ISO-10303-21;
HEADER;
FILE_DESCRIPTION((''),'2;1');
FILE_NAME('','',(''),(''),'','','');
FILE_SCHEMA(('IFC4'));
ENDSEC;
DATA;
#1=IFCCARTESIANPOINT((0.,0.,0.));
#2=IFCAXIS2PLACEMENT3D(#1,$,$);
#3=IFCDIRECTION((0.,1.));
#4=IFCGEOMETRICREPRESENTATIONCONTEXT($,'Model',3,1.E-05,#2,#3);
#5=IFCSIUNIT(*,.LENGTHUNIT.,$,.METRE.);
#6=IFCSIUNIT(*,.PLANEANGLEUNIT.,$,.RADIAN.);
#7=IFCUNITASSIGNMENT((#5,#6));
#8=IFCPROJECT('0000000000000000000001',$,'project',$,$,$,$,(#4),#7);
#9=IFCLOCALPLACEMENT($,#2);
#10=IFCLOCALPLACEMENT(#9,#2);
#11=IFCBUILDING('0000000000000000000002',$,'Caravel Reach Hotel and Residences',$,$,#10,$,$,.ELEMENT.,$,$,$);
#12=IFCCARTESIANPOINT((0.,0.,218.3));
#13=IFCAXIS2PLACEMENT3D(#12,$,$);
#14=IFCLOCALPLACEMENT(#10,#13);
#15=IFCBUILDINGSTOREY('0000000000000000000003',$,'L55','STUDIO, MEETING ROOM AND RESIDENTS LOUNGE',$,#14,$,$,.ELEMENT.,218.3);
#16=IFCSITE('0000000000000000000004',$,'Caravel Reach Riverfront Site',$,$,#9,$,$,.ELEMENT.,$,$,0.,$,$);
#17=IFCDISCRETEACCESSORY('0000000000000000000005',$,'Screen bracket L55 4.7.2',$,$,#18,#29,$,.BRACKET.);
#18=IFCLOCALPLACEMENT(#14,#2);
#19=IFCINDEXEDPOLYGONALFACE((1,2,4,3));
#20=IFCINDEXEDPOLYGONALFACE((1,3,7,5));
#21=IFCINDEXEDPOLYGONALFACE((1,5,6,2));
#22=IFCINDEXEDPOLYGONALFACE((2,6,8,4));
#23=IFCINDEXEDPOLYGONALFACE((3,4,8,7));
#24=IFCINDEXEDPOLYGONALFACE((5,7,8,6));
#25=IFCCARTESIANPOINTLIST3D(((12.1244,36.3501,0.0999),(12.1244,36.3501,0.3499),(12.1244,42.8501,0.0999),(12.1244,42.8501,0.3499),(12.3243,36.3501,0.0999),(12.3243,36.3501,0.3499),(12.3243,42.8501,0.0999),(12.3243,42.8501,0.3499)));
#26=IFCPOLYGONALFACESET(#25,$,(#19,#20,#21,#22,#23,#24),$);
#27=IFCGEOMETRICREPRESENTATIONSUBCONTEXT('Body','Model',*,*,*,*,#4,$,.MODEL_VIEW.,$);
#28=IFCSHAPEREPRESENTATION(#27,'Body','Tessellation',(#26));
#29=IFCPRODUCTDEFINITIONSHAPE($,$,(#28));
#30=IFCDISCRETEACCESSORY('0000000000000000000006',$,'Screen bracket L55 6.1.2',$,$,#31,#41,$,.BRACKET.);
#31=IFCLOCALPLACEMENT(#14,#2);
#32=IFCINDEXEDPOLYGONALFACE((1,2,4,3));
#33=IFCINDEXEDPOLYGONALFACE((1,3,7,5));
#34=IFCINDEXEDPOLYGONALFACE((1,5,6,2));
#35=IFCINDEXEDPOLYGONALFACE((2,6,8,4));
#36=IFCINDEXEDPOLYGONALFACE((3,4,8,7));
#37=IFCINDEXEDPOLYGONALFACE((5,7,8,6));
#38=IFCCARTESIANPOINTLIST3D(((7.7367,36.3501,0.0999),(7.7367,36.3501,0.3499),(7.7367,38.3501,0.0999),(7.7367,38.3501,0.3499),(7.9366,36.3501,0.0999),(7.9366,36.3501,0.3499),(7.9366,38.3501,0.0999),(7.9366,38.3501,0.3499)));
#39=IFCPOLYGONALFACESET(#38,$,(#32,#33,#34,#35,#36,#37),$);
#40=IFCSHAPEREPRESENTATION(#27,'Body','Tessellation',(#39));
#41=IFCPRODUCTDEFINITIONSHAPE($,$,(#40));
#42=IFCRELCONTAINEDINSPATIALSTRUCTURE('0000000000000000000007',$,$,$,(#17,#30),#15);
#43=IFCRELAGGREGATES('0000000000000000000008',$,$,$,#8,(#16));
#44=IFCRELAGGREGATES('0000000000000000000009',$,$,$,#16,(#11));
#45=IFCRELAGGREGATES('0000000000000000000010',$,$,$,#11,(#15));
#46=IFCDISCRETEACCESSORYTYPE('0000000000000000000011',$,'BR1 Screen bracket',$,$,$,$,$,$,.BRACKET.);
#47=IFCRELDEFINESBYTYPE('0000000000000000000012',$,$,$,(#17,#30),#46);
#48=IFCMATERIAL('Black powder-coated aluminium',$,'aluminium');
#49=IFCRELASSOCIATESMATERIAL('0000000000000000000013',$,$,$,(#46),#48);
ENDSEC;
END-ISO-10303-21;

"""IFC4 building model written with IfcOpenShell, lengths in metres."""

from ifc_helpers import new_model, si_unit, direction, frame, origin, origin_2d, place, context, subcontext, project, spatial, rectangle, extrude, material, type_object, element, save


model = new_model("IFC4")

# Units and contexts
model_context = context("Model", 3, precision=1e-05, world=origin(), true_north=direction((0.0, 1.0)))
body_context = subcontext(model_context, "Body", "Model", "MODEL_VIEW")
ifc_project = project(units=[si_unit("LENGTHUNIT", "METRE"), si_unit("PLANEANGLEUNIT", "RADIAN")], contexts=[model_context])

# Site, building, storey
site_placement = place(None, origin())
site = spatial("IfcSite", under=ifc_project, at=site_placement, Name="Caravel Reach Riverfront Site", CompositionType="ELEMENT", RefElevation=0.0)
building_placement = place(site_placement, origin())
building = spatial("IfcBuilding", under=site, at=building_placement, Name="Caravel Reach Hotel and Residences", CompositionType="ELEMENT")
storey_placement = place(building_placement, frame((0.0, 0.0, 218.3)))
storey = spatial("IfcBuildingStorey", under=building, at=storey_placement, Name="L55", Description="STUDIO, MEETING ROOM AND RESIDENTS LOUNGE", CompositionType="ELEMENT", Elevation=218.3)

# Discrete accessories
ifc_material_1 = material(Name="Black powder-coated aluminium", Category="aluminium")
discrete_accessory_type = type_object("IfcDiscreteAccessoryType", Name="BR1 Screen bracket", PredefinedType="BRACKET", material=ifc_material_1)
discrete_accessory_1_placement = place(storey_placement, frame((12.2244, 39.6001, 0.0999), z_axis=(0.0, 0.0, 1.0), x_axis=(0.0, 1.0, 0.0)))
element("IfcDiscreteAccessory", 1, at=discrete_accessory_1_placement, inside=storey, type_object=discrete_accessory_type, Name="Screen bracket L55 4.7.2", PredefinedType="BRACKET", context=body_context, shape_type="SweptSolid", body=[
    extrude(rectangle(XDim=6.5, YDim=0.2, at=origin_2d()), origin(), (0.0, 0.0, 1.0), 0.25),
])
discrete_accessory_2_placement = place(storey_placement, frame((7.8367, 37.3501, 0.0999), z_axis=(0.0, 0.0, 1.0), x_axis=(0.0, 1.0, 0.0)))
element("IfcDiscreteAccessory", 2, at=discrete_accessory_2_placement, inside=storey, type_object=discrete_accessory_type, Name="Screen bracket L55 6.1.2", PredefinedType="BRACKET", context=body_context, shape_type="SweptSolid", body=[
    extrude(rectangle(XDim=2.0, YDim=0.2, at=origin_2d()), origin(), (0.0, 0.0, 1.0), 0.25),
])

save(model, "model.ifc")
